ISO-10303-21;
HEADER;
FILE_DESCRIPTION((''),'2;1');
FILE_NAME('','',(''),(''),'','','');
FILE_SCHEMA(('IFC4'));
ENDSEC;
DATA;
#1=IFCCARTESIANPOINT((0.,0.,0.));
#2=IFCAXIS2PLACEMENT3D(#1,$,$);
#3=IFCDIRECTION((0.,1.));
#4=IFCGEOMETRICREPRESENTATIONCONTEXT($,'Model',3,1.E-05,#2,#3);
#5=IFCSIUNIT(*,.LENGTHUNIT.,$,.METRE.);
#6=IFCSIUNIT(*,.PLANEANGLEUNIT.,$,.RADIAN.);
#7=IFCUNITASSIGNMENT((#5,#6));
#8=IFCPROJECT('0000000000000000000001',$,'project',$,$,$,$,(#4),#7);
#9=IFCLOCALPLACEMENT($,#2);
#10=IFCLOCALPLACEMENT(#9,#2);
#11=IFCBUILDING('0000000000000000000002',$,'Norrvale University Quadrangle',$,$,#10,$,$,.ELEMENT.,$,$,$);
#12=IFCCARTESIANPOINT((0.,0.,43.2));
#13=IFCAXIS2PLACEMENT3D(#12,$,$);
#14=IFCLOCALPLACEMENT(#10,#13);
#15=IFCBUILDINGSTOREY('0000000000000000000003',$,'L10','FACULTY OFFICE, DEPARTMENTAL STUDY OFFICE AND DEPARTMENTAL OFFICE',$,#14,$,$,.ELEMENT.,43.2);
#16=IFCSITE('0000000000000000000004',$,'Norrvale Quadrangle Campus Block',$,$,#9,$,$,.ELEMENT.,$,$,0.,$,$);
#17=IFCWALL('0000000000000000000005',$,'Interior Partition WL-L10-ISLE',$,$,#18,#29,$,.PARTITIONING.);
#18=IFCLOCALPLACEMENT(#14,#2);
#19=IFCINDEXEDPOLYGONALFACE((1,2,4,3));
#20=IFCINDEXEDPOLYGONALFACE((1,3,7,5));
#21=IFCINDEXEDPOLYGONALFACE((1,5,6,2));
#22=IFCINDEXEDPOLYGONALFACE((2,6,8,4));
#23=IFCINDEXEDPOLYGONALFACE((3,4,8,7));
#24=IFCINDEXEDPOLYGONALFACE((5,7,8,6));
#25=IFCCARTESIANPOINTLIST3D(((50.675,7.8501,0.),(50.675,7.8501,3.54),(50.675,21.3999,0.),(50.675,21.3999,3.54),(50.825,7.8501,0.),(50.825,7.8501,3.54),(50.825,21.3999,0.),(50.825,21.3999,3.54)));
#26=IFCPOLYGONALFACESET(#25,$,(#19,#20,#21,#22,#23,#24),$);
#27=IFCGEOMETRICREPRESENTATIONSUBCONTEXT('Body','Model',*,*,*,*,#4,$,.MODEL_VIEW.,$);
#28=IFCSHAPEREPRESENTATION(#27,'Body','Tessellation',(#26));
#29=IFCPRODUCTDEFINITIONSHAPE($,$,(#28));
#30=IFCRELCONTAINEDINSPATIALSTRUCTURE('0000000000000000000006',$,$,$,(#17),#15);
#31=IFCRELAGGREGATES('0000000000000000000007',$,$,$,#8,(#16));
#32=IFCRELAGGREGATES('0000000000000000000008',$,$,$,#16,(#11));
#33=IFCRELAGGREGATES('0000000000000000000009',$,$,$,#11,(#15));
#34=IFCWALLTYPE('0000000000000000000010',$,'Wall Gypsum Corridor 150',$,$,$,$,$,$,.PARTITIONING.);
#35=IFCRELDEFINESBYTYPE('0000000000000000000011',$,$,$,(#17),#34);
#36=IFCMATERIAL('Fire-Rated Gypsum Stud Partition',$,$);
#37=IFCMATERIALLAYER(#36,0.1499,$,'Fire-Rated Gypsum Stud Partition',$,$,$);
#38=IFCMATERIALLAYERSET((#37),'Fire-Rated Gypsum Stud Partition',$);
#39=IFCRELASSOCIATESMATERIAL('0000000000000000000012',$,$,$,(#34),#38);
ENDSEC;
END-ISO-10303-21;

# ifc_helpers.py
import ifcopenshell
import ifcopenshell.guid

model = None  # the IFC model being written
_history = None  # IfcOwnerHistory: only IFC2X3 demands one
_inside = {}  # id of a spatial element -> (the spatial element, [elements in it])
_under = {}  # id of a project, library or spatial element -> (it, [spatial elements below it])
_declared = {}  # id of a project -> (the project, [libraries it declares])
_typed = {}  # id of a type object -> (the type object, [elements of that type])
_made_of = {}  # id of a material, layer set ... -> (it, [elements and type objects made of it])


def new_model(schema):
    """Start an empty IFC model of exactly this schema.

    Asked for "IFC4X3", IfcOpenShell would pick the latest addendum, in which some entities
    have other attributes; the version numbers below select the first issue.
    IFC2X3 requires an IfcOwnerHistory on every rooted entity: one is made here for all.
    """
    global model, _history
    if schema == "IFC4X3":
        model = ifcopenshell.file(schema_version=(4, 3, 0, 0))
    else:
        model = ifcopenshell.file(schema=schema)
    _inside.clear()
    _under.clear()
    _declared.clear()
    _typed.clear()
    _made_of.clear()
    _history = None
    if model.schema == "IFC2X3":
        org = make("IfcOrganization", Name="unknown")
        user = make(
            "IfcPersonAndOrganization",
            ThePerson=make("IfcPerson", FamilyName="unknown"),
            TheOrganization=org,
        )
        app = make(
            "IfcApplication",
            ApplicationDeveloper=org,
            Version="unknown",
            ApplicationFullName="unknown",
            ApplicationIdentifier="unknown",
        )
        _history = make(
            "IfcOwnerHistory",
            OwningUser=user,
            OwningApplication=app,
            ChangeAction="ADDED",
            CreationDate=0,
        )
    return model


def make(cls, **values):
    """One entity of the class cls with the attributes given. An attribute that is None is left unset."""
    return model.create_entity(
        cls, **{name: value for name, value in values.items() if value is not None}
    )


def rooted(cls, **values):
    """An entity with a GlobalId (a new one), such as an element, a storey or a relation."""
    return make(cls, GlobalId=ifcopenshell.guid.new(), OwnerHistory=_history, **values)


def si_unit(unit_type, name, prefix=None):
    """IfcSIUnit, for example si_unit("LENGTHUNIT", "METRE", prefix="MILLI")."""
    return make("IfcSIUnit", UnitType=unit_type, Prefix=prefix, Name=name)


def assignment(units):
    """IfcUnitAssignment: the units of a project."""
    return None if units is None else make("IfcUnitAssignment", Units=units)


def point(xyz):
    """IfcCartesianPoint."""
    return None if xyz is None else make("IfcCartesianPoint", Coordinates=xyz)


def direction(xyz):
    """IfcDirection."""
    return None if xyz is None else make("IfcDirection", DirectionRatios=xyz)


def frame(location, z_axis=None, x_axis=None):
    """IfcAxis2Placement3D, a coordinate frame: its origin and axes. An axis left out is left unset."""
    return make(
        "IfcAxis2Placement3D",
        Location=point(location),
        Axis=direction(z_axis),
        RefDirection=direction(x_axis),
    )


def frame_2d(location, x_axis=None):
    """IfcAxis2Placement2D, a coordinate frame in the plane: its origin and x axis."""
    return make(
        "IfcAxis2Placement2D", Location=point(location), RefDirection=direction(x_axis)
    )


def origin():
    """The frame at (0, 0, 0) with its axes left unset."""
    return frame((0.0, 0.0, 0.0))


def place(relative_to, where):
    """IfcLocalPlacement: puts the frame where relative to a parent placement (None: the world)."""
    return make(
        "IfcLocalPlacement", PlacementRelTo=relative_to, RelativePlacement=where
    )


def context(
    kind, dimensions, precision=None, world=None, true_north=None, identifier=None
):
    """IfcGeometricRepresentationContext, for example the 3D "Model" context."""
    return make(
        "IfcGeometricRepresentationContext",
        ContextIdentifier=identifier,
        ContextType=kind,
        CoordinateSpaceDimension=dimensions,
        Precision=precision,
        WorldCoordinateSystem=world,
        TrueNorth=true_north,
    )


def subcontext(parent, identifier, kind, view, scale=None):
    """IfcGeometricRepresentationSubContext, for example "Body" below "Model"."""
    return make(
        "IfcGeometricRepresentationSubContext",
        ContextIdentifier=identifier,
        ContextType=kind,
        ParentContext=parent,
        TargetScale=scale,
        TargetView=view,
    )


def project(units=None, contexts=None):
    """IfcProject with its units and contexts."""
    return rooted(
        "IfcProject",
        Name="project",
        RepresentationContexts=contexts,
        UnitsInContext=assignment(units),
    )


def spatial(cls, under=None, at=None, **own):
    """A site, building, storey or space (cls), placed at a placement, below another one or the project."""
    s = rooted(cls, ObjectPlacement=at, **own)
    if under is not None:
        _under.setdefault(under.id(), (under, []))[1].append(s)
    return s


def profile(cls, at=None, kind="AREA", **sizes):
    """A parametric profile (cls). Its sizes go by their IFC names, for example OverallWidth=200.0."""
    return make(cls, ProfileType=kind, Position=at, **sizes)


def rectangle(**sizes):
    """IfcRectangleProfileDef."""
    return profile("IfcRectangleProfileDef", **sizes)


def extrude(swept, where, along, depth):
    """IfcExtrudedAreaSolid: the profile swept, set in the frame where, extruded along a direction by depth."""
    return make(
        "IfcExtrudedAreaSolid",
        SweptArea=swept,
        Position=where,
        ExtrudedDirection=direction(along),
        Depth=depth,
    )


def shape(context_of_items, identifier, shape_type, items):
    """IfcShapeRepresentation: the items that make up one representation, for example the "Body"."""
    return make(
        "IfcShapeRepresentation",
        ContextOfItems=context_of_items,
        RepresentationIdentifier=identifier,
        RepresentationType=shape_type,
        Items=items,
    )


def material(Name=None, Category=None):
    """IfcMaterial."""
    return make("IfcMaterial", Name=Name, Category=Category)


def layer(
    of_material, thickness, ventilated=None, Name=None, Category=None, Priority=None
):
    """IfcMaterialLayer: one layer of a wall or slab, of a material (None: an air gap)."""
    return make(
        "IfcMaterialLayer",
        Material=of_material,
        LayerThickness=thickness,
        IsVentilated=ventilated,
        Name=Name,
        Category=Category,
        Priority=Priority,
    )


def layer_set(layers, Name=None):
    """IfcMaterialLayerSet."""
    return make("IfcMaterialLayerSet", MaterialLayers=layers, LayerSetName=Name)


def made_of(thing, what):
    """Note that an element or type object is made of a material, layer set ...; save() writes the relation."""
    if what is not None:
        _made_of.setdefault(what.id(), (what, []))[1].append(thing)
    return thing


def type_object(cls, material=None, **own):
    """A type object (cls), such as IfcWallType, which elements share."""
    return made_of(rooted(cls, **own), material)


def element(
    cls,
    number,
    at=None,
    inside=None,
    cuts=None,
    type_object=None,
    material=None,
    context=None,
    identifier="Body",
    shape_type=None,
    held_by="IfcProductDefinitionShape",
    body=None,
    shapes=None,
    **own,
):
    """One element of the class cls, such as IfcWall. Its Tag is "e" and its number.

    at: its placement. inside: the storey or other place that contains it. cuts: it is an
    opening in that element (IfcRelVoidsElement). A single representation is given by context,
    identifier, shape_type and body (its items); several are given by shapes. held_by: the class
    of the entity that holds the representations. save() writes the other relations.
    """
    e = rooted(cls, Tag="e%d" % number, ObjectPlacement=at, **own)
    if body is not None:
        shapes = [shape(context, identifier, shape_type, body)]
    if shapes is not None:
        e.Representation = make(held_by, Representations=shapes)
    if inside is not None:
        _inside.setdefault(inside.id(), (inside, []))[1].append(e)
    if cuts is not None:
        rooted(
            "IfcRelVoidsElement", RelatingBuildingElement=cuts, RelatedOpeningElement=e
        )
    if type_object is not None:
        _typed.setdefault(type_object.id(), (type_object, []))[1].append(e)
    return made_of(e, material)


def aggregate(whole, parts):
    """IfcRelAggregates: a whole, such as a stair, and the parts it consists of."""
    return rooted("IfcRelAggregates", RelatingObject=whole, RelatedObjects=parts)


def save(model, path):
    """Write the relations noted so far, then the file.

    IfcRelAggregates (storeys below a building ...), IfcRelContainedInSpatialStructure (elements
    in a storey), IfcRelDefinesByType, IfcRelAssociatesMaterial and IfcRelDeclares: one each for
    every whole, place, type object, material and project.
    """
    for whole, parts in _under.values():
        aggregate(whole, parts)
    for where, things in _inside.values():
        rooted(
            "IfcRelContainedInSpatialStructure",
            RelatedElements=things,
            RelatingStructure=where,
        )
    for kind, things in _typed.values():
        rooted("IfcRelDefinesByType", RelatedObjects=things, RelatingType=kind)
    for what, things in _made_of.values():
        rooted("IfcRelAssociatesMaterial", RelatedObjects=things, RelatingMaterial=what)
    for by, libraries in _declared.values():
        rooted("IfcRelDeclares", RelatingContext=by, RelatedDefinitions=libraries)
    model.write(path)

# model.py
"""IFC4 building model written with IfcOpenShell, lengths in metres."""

from ifc_helpers import new_model, si_unit, direction, frame, frame_2d, origin, place, context, subcontext, project, spatial, rectangle, extrude, material, layer, layer_set, type_object, element, save


model = new_model("IFC4")

# Units and contexts
model_context = context("Model", 3, precision=1e-05, world=origin(), true_north=direction((0.0, 1.0)))
body_context = subcontext(model_context, "Body", "Model", "MODEL_VIEW")
ifc_project = project(units=[si_unit("LENGTHUNIT", "METRE"), si_unit("PLANEANGLEUNIT", "RADIAN")], contexts=[model_context])

# Site, building, storey
site_placement = place(None, origin())
site = spatial("IfcSite", under=ifc_project, at=site_placement, Name="Norrvale Quadrangle Campus Block", CompositionType="ELEMENT", RefElevation=0.0)
building_placement = place(site_placement, origin())
building = spatial("IfcBuilding", under=site, at=building_placement, Name="Norrvale University Quadrangle", CompositionType="ELEMENT")
storey_placement = place(building_placement, frame((0.0, 0.0, 43.2)))
storey = spatial("IfcBuildingStorey", under=building, at=storey_placement, Name="L10", Description="FACULTY OFFICE, DEPARTMENTAL STUDY OFFICE AND DEPARTMENTAL OFFICE", CompositionType="ELEMENT", Elevation=43.2)

# Shared definitions
ifc_material_1 = material(Name="Fire-Rated Gypsum Stud Partition")
ifc_layer_1 = layer(ifc_material_1, 0.1499, Name="Fire-Rated Gypsum Stud Partition")
ifc_layer_set_1 = layer_set([ifc_layer_1], Name="Fire-Rated Gypsum Stud Partition")
wall_type_1 = type_object("IfcWallType", Name="Wall Gypsum Corridor 150", PredefinedType="PARTITIONING", material=ifc_layer_set_1)

# Wall
wall_1_placement = place(storey_placement, frame((50.75, 7.8501, 0.0), z_axis=(0.0, 0.0, 1.0), x_axis=(0.0, 1.0, 0.0)))
element("IfcWall", 1, at=wall_1_placement, inside=storey, type_object=wall_type_1, Name="Interior Partition WL-L10-ISLE", PredefinedType="PARTITIONING", context=body_context, shape_type="SweptSolid", body=[
    extrude(rectangle(XDim=13.5498, YDim=0.1499, at=frame_2d((6.7749, 0.0))), origin(), (0.0, 0.0, 1.0), 3.54),
])

save(model, "model.ifc")
